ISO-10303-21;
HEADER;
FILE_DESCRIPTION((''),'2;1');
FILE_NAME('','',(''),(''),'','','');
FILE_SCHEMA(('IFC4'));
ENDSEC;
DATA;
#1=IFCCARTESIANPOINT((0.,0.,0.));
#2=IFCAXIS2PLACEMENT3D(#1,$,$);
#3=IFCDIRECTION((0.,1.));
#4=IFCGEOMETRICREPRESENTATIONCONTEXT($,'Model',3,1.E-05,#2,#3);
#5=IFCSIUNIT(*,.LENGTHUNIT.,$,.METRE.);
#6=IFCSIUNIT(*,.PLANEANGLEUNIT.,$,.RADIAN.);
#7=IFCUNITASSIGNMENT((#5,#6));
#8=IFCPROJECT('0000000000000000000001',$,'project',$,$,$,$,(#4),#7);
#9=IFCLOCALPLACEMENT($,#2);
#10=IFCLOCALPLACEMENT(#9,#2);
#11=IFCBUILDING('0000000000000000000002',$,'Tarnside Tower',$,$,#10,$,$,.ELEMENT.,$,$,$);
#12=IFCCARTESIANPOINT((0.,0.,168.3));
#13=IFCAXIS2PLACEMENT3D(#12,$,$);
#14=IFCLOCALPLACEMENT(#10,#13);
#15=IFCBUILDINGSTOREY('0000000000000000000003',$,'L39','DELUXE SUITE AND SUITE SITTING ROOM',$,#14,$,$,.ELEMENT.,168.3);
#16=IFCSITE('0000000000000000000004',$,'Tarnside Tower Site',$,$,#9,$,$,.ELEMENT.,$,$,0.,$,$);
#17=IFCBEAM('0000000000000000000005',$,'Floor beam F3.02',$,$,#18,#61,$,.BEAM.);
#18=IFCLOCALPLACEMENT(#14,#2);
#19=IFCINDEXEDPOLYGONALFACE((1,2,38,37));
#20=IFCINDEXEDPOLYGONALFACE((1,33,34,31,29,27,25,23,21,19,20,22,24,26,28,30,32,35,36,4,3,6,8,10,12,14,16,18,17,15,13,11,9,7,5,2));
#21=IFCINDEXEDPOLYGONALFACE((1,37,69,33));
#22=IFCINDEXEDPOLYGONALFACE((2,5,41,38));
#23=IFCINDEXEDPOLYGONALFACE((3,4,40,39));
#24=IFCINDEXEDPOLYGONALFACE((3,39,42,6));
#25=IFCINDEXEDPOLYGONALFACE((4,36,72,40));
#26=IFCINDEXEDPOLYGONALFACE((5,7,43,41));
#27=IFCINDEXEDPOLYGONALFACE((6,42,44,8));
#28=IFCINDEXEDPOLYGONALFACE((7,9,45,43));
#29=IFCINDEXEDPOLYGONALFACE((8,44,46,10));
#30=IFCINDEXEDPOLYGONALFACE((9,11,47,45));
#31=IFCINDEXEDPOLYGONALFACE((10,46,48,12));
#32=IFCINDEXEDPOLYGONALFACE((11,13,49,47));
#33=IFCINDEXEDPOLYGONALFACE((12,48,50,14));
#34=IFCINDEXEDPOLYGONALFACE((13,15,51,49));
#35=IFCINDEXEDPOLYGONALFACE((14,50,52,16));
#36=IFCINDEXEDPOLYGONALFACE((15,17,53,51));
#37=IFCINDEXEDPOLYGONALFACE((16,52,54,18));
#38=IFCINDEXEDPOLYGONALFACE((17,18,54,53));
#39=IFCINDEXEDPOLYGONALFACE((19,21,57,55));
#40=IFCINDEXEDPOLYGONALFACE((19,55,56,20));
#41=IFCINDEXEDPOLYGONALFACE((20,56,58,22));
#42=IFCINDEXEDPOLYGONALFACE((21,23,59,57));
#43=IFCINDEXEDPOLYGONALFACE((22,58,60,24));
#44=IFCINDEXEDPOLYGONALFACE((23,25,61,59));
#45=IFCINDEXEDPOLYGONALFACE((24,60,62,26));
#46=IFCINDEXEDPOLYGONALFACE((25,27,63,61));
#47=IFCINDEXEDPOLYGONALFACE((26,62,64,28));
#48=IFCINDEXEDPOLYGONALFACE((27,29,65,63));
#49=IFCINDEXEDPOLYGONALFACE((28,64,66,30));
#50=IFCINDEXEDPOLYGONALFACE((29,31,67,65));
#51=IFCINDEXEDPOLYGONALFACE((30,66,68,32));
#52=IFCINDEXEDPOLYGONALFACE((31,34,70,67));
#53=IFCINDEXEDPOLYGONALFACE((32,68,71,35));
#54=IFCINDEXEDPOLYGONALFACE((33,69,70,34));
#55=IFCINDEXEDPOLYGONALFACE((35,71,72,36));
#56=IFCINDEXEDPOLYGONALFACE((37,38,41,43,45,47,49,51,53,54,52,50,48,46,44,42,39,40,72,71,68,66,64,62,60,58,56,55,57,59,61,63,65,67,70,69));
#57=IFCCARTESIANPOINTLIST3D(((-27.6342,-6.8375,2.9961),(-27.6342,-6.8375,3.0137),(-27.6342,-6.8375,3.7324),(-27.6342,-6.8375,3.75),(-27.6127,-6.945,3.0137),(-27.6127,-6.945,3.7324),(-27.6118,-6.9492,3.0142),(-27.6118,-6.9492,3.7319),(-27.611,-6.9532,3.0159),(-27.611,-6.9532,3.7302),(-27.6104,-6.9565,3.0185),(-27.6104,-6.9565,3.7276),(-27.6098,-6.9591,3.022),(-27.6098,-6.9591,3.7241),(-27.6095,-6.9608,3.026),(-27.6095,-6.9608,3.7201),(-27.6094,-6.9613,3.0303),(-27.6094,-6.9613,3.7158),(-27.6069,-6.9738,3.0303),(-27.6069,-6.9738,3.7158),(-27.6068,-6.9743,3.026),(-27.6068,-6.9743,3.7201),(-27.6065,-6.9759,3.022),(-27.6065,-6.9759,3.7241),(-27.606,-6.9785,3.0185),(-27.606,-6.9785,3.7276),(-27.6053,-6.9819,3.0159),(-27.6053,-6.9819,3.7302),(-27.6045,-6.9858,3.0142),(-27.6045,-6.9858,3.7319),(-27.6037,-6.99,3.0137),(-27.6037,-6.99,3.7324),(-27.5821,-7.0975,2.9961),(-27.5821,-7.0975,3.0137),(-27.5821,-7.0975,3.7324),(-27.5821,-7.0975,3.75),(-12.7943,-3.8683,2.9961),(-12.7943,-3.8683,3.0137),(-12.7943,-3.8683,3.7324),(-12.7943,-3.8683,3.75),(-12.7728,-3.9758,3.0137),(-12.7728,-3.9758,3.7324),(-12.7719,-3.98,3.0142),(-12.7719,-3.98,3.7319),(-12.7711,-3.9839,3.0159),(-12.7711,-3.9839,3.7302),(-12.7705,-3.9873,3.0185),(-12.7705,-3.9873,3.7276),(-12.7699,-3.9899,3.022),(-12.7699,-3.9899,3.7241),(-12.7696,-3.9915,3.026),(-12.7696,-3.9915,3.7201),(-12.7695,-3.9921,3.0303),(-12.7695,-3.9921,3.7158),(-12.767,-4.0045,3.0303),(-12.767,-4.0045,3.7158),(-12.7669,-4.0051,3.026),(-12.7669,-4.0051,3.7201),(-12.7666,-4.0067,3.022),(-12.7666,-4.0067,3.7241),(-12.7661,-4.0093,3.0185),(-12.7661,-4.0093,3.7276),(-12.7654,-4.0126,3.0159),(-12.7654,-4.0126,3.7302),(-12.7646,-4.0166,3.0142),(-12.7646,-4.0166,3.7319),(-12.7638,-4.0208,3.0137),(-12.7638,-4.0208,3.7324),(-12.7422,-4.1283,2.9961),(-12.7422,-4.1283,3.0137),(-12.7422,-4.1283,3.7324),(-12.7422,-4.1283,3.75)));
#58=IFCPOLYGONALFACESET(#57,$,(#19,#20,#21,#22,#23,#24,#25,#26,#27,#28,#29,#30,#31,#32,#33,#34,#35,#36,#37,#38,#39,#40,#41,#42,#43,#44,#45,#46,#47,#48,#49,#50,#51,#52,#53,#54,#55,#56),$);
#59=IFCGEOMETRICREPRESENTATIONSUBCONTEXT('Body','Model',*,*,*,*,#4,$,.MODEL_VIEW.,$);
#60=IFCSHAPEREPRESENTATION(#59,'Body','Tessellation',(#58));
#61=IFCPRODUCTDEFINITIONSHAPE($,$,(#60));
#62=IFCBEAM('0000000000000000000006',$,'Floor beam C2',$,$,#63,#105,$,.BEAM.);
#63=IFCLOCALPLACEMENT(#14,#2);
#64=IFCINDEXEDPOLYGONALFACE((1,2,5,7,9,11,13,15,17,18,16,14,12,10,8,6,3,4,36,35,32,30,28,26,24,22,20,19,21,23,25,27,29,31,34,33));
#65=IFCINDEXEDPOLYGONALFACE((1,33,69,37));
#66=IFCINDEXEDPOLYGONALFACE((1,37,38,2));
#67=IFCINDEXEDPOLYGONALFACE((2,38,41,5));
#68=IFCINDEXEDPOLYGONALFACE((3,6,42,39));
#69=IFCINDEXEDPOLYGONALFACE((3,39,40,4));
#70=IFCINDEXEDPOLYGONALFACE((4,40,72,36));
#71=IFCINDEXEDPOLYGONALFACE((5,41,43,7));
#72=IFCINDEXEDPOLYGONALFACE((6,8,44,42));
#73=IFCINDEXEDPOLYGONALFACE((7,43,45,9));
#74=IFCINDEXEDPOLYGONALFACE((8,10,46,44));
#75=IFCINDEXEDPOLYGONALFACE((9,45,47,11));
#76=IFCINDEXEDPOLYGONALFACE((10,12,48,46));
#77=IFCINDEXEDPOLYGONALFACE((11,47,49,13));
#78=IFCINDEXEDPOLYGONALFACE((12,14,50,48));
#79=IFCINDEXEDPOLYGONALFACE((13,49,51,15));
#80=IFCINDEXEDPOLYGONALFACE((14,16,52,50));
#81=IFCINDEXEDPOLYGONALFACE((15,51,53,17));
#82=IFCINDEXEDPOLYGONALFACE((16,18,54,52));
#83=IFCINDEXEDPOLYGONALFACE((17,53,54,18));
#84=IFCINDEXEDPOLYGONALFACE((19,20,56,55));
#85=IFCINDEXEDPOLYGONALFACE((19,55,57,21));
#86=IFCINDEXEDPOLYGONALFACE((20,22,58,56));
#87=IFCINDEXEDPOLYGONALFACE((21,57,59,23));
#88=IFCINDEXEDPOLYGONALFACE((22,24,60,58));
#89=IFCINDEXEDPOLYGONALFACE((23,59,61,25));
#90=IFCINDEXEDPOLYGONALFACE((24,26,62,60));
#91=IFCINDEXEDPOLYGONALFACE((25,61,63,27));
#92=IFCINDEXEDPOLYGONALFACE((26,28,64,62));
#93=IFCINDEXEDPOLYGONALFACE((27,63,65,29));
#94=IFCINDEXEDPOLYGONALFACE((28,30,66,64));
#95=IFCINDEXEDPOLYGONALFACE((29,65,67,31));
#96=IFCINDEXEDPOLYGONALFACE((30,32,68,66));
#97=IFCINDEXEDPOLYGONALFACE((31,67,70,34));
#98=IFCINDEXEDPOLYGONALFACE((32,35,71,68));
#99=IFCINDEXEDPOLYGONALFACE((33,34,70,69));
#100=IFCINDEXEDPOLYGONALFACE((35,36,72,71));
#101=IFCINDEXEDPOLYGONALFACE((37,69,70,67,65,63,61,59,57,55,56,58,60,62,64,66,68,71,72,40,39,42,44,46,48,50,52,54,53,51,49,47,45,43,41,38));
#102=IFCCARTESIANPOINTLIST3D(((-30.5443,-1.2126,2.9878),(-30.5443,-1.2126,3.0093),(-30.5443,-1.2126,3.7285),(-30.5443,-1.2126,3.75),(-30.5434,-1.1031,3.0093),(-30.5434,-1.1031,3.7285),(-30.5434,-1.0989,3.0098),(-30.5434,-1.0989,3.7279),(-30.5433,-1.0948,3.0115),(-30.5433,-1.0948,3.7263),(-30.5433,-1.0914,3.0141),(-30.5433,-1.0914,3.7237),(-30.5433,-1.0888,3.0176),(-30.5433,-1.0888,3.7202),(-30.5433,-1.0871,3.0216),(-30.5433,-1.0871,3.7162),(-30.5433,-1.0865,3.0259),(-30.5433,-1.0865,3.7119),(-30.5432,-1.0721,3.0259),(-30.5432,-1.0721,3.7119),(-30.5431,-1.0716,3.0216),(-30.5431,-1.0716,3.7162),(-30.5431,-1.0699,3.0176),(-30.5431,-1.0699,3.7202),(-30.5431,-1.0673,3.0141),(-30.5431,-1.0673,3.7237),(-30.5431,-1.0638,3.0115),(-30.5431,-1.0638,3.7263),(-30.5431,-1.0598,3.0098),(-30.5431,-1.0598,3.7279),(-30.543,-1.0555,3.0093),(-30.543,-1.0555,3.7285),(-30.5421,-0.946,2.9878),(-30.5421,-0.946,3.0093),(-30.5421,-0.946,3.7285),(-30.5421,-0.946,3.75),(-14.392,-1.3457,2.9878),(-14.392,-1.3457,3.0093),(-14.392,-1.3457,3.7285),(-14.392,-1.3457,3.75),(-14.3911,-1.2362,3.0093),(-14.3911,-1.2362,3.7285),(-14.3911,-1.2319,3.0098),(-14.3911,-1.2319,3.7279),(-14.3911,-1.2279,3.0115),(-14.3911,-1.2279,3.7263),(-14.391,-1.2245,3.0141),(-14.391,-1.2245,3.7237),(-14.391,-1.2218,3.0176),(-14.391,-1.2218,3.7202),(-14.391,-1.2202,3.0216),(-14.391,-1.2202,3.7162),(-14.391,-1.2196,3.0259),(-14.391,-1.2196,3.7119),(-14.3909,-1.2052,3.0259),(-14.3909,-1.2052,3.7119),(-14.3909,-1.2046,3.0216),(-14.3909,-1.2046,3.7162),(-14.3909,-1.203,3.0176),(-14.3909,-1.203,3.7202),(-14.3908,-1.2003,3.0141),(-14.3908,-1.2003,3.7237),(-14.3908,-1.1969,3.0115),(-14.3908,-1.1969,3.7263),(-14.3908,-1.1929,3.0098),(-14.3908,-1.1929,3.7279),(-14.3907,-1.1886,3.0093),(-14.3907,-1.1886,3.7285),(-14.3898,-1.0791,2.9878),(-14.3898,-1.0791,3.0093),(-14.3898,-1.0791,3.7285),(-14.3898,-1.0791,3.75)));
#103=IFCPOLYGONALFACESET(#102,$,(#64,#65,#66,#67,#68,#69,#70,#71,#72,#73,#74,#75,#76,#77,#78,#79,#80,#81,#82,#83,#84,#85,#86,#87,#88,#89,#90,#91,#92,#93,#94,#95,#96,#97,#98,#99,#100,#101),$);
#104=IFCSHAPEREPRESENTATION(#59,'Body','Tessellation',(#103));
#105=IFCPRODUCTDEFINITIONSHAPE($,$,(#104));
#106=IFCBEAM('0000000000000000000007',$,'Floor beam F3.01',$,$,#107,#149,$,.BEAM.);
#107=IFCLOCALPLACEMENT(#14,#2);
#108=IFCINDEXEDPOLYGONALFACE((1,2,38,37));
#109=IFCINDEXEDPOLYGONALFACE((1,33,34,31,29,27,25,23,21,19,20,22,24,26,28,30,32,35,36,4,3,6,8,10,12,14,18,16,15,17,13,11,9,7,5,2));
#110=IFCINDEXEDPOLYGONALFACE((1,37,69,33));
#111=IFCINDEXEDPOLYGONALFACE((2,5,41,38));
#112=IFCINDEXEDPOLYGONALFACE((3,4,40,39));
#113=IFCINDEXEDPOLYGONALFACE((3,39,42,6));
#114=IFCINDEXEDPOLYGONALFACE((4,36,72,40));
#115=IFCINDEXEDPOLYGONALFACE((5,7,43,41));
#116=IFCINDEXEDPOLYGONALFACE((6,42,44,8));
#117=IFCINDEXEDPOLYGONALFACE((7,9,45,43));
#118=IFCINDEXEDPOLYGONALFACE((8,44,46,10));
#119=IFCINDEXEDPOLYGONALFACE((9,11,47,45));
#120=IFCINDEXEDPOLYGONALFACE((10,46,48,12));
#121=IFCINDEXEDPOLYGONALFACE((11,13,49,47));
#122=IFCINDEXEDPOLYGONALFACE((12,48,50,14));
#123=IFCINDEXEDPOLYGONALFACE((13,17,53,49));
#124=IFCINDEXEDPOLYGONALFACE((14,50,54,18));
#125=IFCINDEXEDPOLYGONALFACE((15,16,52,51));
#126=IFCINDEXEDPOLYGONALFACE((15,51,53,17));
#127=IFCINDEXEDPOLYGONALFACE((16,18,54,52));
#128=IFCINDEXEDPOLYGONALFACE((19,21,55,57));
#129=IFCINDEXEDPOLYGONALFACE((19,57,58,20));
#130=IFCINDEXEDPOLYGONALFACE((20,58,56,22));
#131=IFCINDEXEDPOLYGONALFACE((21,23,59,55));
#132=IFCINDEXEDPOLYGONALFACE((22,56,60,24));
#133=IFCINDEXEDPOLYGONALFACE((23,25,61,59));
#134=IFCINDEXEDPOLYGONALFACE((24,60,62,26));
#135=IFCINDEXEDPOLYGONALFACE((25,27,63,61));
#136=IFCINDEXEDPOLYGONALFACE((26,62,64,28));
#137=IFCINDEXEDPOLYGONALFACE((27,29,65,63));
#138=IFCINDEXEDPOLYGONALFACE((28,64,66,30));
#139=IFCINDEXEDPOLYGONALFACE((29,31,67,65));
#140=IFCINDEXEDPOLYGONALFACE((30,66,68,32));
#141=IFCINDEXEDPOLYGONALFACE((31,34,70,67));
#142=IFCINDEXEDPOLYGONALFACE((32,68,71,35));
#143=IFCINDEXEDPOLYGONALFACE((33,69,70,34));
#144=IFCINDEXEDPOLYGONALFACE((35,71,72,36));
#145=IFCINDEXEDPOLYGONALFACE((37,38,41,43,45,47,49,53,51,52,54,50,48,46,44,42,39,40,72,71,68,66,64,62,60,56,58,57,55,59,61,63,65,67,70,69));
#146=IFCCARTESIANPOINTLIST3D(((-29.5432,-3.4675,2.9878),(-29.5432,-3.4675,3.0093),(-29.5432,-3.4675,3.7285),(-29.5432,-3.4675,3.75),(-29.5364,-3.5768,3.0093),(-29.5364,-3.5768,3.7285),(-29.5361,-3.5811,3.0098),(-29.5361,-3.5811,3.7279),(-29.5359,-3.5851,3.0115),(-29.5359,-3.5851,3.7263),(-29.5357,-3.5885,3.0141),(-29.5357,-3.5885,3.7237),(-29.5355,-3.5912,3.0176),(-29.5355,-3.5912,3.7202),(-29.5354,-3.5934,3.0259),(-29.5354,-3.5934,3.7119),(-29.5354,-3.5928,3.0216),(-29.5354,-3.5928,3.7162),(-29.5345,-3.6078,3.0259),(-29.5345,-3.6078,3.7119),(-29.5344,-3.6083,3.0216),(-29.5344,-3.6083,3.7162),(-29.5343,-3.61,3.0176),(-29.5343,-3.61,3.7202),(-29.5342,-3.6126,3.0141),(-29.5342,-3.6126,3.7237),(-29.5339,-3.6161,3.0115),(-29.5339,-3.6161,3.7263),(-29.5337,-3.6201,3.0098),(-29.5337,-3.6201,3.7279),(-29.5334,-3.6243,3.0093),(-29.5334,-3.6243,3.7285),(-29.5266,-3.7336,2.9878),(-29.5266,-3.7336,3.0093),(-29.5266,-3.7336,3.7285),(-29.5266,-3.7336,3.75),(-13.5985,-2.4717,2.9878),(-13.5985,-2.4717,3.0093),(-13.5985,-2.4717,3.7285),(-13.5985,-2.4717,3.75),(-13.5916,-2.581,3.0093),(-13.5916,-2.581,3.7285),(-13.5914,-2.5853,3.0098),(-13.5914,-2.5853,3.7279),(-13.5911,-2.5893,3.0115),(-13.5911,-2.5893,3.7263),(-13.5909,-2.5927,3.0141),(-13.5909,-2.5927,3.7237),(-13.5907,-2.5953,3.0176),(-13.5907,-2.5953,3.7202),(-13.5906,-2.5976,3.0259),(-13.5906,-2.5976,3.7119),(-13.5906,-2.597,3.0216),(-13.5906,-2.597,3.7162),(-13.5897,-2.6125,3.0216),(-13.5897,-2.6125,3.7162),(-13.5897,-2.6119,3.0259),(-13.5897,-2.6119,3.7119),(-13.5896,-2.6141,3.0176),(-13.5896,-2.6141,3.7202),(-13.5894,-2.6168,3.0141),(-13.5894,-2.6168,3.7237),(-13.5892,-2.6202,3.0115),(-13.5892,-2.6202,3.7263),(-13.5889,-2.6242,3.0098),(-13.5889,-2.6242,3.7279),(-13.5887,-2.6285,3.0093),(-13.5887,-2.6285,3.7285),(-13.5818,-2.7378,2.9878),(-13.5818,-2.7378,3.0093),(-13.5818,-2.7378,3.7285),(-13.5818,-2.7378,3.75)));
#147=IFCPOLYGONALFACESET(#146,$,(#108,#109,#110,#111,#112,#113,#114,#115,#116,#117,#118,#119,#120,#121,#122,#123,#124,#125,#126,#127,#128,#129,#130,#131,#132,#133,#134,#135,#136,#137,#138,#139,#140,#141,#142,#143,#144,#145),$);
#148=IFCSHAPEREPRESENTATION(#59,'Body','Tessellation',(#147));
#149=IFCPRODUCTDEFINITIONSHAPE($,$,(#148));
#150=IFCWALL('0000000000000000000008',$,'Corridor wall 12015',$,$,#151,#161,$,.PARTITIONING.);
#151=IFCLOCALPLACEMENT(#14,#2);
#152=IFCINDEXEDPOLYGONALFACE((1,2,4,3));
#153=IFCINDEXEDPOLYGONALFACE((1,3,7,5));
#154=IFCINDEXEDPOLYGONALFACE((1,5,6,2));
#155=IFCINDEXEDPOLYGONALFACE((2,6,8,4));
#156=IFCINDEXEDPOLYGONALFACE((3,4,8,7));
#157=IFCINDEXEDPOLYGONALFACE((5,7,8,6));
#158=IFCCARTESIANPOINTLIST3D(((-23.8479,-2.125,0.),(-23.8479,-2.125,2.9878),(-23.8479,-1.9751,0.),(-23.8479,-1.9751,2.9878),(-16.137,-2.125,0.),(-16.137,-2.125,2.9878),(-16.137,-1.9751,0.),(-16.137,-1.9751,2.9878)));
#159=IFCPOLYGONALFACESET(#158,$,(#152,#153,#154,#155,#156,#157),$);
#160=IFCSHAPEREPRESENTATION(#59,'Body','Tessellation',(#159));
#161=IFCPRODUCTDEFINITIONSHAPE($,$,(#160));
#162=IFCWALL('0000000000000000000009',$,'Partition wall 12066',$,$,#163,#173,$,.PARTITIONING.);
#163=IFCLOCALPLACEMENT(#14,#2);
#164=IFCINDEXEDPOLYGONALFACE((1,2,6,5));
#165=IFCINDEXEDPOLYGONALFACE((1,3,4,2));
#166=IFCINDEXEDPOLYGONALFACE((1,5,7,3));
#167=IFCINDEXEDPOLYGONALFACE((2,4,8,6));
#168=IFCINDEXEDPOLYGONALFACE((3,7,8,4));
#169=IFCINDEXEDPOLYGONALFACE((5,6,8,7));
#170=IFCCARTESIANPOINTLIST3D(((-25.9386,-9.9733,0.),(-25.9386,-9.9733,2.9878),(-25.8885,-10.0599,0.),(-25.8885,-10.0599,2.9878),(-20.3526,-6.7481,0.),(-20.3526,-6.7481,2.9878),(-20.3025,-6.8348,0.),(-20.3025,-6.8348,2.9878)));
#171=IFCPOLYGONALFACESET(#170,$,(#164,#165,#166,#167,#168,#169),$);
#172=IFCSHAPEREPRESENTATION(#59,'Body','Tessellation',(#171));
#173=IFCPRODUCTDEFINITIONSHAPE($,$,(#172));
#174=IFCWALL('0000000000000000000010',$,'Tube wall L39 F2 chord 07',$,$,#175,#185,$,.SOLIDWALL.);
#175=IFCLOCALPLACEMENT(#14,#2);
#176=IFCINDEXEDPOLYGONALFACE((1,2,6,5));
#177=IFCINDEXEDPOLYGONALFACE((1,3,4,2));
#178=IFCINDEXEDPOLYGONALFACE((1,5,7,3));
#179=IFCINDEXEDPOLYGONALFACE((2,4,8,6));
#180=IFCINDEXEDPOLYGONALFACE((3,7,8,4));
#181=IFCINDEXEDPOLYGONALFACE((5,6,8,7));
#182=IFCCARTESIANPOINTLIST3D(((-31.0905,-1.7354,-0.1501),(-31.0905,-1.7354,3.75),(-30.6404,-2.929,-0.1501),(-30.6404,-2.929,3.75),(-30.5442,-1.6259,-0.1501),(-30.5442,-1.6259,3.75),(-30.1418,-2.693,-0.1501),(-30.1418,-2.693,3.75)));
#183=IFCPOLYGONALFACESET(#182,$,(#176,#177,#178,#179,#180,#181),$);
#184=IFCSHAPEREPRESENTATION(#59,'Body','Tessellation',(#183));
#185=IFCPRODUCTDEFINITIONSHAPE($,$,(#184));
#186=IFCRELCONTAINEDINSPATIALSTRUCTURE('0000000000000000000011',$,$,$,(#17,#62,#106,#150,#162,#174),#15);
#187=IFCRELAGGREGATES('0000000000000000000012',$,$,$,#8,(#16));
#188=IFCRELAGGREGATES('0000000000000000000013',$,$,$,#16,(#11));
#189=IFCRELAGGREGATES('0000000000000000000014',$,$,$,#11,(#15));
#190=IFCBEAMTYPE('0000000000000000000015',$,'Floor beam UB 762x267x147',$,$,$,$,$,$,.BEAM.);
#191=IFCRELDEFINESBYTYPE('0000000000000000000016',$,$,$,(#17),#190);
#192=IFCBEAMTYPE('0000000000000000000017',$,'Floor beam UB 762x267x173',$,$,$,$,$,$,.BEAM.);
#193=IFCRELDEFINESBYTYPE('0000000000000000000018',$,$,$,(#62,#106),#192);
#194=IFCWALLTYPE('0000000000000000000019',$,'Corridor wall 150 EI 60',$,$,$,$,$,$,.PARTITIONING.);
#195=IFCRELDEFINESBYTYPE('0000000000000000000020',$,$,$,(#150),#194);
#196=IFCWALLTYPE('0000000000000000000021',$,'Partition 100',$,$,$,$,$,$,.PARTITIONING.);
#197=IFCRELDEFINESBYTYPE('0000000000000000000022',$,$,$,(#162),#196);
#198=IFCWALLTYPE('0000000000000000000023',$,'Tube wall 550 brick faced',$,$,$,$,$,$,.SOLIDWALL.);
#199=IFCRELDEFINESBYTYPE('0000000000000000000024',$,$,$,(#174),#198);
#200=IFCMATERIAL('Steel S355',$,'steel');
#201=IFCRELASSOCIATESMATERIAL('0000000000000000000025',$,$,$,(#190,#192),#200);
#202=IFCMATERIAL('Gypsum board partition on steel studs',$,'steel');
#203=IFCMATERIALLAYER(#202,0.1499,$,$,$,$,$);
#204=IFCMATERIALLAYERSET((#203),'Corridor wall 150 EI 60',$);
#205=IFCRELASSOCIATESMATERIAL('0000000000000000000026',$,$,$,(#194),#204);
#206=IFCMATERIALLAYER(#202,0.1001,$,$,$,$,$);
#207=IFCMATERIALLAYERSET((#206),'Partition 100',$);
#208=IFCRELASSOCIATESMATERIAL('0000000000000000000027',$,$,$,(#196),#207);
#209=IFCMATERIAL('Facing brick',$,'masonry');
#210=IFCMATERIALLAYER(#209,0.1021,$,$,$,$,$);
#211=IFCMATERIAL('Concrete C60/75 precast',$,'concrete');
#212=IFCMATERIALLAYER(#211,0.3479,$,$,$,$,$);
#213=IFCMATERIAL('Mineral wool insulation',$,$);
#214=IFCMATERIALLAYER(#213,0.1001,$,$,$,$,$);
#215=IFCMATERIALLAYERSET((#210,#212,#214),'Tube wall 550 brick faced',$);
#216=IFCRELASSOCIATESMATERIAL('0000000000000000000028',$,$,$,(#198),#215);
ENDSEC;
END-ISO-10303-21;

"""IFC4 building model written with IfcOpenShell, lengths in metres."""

from ifc_helpers import new_model, si_unit, direction, frame, frame_2d, origin, origin_2d, place, context, subcontext, project, spatial, polyline, rectangle, i_section, outline, extrude, material, layer, layer_set, material_profile, profile_set, type_object, element, save


model = new_model("IFC4")

# Units and contexts
model_context = context("Model", 3, precision=1e-05, world=origin(), true_north=direction((0.0, 1.0)))
body_context = subcontext(model_context, "Body", "Model", "MODEL_VIEW")
ifc_project = project(units=[si_unit("LENGTHUNIT", "METRE"), si_unit("PLANEANGLEUNIT", "RADIAN")], contexts=[model_context])

# Site, building, storey
site_placement = place(None, origin())
site = spatial("IfcSite", under=ifc_project, at=site_placement, Name="Tarnside Tower Site", CompositionType="ELEMENT", RefElevation=0.0)
building_placement = place(site_placement, origin())
building = spatial("IfcBuilding", under=site, at=building_placement, Name="Tarnside Tower", CompositionType="ELEMENT")
storey_placement = place(building_placement, frame((0.0, 0.0, 168.3)))
storey = spatial("IfcBuildingStorey", under=building, at=storey_placement, Name="L39", Description="DELUXE SUITE AND SUITE SITTING ROOM", CompositionType="ELEMENT", Elevation=168.3)

# Beams
ifc_material_1 = material(Name="Steel S355", Category="steel")
ifc_material_profile_1 = material_profile(ifc_material_1, i_section(OverallWidth=0.2651, OverallDepth=0.7539, WebThickness=0.0127, FlangeThickness=0.0176, FilletRadius=0.0166, at=origin_2d()), Name="UB 762x267x147")
ifc_profile_set_1 = profile_set([ifc_material_profile_1], Name="Steel S355")
beam_type_1 = type_object("IfcBeamType", Name="Floor beam UB 762x267x147", PredefinedType="BEAM", material=ifc_profile_set_1)
beam_1_placement = place(storey_placement, frame((-27.6082, -6.9675, 3.373), z_axis=(0.980565, 0.196197, 0.0), x_axis=(-0.196197, 0.980565, 0.0)))
element("IfcBeam", 1, at=beam_1_placement, inside=storey, type_object=beam_type_1, Name="Floor beam F3.02", PredefinedType="BEAM", context=body_context, shape_type="SweptSolid", body=[
    extrude(i_section(OverallWidth=0.2651, OverallDepth=0.7539, WebThickness=0.0127, FlangeThickness=0.0176, FilletRadius=0.0166, at=origin_2d()), origin(), (0.0, 0.0, 1.0), 15.134),
])
ifc_material_profile_2 = material_profile(ifc_material_1, i_section(OverallWidth=0.2666, OverallDepth=0.7622, WebThickness=0.0144, FlangeThickness=0.0215, FilletRadius=0.0166, at=origin_2d()), Name="UB 762x267x173")
ifc_profile_set_2 = profile_set([ifc_material_profile_2], Name="Steel S355")
beam_type_2 = type_object("IfcBeamType", Name="Floor beam UB 762x267x173", PredefinedType="BEAM", material=ifc_profile_set_2)
beam_2_placement = place(storey_placement, frame((-30.5432, -1.0793, 3.3689), z_axis=(0.999966, -0.008237, 0.0), x_axis=(0.008237, 0.999966, 0.0)))
element("IfcBeam", 2, at=beam_2_placement, inside=storey, type_object=beam_type_2, Name="Floor beam C2", PredefinedType="BEAM", context=body_context, shape_type="SweptSolid", body=[
    extrude(i_section(OverallWidth=0.2666, OverallDepth=0.7622, WebThickness=0.0144, FlangeThickness=0.0215, FilletRadius=0.0166, at=origin_2d()), origin(), (0.0, 0.0, 1.0), 16.1528),
])
beam_3_placement = place(storey_placement, frame((-29.5349, -3.6006, 3.3689), z_axis=(0.998055, 0.062335, 0.0), x_axis=(-0.062335, 0.998055, 0.0)))
element("IfcBeam", 3, at=beam_3_placement, inside=storey, type_object=beam_type_2, Name="Floor beam F3.01", PredefinedType="BEAM", context=body_context, shape_type="SweptSolid", body=[
    extrude(i_section(OverallWidth=0.2666, OverallDepth=0.7622, WebThickness=0.0144, FlangeThickness=0.0215, FilletRadius=0.0166, at=origin_2d()), origin(), (0.0, 0.0, 1.0), 15.9758),
])

# Walls
ifc_material_2 = material(Name="Gypsum board partition on steel studs", Category="steel")
ifc_layer_1 = layer(ifc_material_2, 0.1499)
ifc_layer_set_1 = layer_set([ifc_layer_1], Name="Corridor wall 150 EI 60")
wall_type_1 = type_object("IfcWallType", Name="Corridor wall 150 EI 60", PredefinedType="PARTITIONING", material=ifc_layer_set_1)
wall_1_placement = place(storey_placement, frame((-23.8479, -2.05, 0.0), z_axis=(0.0, 0.0, 1.0), x_axis=(1.0, 0.0, 0.0)))
element("IfcWall", 4, at=wall_1_placement, inside=storey, type_object=wall_type_1, Name="Corridor wall 12015", PredefinedType="PARTITIONING", context=body_context, shape_type="SweptSolid", body=[
    extrude(rectangle(XDim=7.7109, YDim=0.1499, at=frame_2d((3.8555, 0.0))), origin(), (0.0, 0.0, 1.0), 2.9878),
])
ifc_layer_2 = layer(ifc_material_2, 0.1001)
ifc_layer_set_2 = layer_set([ifc_layer_2], Name="Partition 100")
wall_type_2 = type_object("IfcWallType", Name="Partition 100", PredefinedType="PARTITIONING", material=ifc_layer_set_2)
wall_2_placement = place(storey_placement, frame((-25.9136, -10.0166, 0.0), z_axis=(0.0, 0.0, 1.0), x_axis=(0.866022, 0.500006, 0.0)))
element("IfcWall", 5, at=wall_2_placement, inside=storey, type_object=wall_type_2, Name="Partition wall 12066", PredefinedType="PARTITIONING", context=body_context, shape_type="SweptSolid", body=[
    extrude(rectangle(XDim=6.4502, YDim=0.1001, at=frame_2d((3.2251, 0.0))), origin(), (0.0, 0.0, 1.0), 2.9878),
])
ifc_material_3 = material(Name="Facing brick", Category="masonry")
ifc_layer_3 = layer(ifc_material_3, 0.1021)
ifc_material_4 = material(Name="Concrete C60/75 precast", Category="concrete")
ifc_layer_4 = layer(ifc_material_4, 0.3479)
ifc_material_5 = material(Name="Mineral wool insulation")
ifc_layer_5 = layer(ifc_material_5, 0.1001)
ifc_layer_set_3 = layer_set([ifc_layer_3, ifc_layer_4, ifc_layer_5], Name="Tube wall 550 brick faced")
wall_type_3 = type_object("IfcWallType", Name="Tube wall 550 brick faced", PredefinedType="SOLIDWALL", material=ifc_layer_set_3)
wall_3_placement = place(storey_placement, frame((-30.8174, -1.6807, -0.1501), z_axis=(0.0, 0.0, 1.0), x_axis=(0.35285, -0.93568, 0.0)))
element("IfcWall", 6, at=wall_3_placement, inside=storey, type_object=wall_type_3, Name="Tube wall L39 F2 chord 07", PredefinedType="SOLIDWALL", context=body_context, shape_type="SweptSolid", body=[
    extrude(outline(polyline([(-0.0452, -0.2749), (1.2305, -0.2749), (1.1855, 0.2749), (0.0452, 0.2749), (-0.0452, -0.2749)])), origin(), (0.0, 0.0, 1.0), 3.9001),
])

save(model, "model.ifc")
